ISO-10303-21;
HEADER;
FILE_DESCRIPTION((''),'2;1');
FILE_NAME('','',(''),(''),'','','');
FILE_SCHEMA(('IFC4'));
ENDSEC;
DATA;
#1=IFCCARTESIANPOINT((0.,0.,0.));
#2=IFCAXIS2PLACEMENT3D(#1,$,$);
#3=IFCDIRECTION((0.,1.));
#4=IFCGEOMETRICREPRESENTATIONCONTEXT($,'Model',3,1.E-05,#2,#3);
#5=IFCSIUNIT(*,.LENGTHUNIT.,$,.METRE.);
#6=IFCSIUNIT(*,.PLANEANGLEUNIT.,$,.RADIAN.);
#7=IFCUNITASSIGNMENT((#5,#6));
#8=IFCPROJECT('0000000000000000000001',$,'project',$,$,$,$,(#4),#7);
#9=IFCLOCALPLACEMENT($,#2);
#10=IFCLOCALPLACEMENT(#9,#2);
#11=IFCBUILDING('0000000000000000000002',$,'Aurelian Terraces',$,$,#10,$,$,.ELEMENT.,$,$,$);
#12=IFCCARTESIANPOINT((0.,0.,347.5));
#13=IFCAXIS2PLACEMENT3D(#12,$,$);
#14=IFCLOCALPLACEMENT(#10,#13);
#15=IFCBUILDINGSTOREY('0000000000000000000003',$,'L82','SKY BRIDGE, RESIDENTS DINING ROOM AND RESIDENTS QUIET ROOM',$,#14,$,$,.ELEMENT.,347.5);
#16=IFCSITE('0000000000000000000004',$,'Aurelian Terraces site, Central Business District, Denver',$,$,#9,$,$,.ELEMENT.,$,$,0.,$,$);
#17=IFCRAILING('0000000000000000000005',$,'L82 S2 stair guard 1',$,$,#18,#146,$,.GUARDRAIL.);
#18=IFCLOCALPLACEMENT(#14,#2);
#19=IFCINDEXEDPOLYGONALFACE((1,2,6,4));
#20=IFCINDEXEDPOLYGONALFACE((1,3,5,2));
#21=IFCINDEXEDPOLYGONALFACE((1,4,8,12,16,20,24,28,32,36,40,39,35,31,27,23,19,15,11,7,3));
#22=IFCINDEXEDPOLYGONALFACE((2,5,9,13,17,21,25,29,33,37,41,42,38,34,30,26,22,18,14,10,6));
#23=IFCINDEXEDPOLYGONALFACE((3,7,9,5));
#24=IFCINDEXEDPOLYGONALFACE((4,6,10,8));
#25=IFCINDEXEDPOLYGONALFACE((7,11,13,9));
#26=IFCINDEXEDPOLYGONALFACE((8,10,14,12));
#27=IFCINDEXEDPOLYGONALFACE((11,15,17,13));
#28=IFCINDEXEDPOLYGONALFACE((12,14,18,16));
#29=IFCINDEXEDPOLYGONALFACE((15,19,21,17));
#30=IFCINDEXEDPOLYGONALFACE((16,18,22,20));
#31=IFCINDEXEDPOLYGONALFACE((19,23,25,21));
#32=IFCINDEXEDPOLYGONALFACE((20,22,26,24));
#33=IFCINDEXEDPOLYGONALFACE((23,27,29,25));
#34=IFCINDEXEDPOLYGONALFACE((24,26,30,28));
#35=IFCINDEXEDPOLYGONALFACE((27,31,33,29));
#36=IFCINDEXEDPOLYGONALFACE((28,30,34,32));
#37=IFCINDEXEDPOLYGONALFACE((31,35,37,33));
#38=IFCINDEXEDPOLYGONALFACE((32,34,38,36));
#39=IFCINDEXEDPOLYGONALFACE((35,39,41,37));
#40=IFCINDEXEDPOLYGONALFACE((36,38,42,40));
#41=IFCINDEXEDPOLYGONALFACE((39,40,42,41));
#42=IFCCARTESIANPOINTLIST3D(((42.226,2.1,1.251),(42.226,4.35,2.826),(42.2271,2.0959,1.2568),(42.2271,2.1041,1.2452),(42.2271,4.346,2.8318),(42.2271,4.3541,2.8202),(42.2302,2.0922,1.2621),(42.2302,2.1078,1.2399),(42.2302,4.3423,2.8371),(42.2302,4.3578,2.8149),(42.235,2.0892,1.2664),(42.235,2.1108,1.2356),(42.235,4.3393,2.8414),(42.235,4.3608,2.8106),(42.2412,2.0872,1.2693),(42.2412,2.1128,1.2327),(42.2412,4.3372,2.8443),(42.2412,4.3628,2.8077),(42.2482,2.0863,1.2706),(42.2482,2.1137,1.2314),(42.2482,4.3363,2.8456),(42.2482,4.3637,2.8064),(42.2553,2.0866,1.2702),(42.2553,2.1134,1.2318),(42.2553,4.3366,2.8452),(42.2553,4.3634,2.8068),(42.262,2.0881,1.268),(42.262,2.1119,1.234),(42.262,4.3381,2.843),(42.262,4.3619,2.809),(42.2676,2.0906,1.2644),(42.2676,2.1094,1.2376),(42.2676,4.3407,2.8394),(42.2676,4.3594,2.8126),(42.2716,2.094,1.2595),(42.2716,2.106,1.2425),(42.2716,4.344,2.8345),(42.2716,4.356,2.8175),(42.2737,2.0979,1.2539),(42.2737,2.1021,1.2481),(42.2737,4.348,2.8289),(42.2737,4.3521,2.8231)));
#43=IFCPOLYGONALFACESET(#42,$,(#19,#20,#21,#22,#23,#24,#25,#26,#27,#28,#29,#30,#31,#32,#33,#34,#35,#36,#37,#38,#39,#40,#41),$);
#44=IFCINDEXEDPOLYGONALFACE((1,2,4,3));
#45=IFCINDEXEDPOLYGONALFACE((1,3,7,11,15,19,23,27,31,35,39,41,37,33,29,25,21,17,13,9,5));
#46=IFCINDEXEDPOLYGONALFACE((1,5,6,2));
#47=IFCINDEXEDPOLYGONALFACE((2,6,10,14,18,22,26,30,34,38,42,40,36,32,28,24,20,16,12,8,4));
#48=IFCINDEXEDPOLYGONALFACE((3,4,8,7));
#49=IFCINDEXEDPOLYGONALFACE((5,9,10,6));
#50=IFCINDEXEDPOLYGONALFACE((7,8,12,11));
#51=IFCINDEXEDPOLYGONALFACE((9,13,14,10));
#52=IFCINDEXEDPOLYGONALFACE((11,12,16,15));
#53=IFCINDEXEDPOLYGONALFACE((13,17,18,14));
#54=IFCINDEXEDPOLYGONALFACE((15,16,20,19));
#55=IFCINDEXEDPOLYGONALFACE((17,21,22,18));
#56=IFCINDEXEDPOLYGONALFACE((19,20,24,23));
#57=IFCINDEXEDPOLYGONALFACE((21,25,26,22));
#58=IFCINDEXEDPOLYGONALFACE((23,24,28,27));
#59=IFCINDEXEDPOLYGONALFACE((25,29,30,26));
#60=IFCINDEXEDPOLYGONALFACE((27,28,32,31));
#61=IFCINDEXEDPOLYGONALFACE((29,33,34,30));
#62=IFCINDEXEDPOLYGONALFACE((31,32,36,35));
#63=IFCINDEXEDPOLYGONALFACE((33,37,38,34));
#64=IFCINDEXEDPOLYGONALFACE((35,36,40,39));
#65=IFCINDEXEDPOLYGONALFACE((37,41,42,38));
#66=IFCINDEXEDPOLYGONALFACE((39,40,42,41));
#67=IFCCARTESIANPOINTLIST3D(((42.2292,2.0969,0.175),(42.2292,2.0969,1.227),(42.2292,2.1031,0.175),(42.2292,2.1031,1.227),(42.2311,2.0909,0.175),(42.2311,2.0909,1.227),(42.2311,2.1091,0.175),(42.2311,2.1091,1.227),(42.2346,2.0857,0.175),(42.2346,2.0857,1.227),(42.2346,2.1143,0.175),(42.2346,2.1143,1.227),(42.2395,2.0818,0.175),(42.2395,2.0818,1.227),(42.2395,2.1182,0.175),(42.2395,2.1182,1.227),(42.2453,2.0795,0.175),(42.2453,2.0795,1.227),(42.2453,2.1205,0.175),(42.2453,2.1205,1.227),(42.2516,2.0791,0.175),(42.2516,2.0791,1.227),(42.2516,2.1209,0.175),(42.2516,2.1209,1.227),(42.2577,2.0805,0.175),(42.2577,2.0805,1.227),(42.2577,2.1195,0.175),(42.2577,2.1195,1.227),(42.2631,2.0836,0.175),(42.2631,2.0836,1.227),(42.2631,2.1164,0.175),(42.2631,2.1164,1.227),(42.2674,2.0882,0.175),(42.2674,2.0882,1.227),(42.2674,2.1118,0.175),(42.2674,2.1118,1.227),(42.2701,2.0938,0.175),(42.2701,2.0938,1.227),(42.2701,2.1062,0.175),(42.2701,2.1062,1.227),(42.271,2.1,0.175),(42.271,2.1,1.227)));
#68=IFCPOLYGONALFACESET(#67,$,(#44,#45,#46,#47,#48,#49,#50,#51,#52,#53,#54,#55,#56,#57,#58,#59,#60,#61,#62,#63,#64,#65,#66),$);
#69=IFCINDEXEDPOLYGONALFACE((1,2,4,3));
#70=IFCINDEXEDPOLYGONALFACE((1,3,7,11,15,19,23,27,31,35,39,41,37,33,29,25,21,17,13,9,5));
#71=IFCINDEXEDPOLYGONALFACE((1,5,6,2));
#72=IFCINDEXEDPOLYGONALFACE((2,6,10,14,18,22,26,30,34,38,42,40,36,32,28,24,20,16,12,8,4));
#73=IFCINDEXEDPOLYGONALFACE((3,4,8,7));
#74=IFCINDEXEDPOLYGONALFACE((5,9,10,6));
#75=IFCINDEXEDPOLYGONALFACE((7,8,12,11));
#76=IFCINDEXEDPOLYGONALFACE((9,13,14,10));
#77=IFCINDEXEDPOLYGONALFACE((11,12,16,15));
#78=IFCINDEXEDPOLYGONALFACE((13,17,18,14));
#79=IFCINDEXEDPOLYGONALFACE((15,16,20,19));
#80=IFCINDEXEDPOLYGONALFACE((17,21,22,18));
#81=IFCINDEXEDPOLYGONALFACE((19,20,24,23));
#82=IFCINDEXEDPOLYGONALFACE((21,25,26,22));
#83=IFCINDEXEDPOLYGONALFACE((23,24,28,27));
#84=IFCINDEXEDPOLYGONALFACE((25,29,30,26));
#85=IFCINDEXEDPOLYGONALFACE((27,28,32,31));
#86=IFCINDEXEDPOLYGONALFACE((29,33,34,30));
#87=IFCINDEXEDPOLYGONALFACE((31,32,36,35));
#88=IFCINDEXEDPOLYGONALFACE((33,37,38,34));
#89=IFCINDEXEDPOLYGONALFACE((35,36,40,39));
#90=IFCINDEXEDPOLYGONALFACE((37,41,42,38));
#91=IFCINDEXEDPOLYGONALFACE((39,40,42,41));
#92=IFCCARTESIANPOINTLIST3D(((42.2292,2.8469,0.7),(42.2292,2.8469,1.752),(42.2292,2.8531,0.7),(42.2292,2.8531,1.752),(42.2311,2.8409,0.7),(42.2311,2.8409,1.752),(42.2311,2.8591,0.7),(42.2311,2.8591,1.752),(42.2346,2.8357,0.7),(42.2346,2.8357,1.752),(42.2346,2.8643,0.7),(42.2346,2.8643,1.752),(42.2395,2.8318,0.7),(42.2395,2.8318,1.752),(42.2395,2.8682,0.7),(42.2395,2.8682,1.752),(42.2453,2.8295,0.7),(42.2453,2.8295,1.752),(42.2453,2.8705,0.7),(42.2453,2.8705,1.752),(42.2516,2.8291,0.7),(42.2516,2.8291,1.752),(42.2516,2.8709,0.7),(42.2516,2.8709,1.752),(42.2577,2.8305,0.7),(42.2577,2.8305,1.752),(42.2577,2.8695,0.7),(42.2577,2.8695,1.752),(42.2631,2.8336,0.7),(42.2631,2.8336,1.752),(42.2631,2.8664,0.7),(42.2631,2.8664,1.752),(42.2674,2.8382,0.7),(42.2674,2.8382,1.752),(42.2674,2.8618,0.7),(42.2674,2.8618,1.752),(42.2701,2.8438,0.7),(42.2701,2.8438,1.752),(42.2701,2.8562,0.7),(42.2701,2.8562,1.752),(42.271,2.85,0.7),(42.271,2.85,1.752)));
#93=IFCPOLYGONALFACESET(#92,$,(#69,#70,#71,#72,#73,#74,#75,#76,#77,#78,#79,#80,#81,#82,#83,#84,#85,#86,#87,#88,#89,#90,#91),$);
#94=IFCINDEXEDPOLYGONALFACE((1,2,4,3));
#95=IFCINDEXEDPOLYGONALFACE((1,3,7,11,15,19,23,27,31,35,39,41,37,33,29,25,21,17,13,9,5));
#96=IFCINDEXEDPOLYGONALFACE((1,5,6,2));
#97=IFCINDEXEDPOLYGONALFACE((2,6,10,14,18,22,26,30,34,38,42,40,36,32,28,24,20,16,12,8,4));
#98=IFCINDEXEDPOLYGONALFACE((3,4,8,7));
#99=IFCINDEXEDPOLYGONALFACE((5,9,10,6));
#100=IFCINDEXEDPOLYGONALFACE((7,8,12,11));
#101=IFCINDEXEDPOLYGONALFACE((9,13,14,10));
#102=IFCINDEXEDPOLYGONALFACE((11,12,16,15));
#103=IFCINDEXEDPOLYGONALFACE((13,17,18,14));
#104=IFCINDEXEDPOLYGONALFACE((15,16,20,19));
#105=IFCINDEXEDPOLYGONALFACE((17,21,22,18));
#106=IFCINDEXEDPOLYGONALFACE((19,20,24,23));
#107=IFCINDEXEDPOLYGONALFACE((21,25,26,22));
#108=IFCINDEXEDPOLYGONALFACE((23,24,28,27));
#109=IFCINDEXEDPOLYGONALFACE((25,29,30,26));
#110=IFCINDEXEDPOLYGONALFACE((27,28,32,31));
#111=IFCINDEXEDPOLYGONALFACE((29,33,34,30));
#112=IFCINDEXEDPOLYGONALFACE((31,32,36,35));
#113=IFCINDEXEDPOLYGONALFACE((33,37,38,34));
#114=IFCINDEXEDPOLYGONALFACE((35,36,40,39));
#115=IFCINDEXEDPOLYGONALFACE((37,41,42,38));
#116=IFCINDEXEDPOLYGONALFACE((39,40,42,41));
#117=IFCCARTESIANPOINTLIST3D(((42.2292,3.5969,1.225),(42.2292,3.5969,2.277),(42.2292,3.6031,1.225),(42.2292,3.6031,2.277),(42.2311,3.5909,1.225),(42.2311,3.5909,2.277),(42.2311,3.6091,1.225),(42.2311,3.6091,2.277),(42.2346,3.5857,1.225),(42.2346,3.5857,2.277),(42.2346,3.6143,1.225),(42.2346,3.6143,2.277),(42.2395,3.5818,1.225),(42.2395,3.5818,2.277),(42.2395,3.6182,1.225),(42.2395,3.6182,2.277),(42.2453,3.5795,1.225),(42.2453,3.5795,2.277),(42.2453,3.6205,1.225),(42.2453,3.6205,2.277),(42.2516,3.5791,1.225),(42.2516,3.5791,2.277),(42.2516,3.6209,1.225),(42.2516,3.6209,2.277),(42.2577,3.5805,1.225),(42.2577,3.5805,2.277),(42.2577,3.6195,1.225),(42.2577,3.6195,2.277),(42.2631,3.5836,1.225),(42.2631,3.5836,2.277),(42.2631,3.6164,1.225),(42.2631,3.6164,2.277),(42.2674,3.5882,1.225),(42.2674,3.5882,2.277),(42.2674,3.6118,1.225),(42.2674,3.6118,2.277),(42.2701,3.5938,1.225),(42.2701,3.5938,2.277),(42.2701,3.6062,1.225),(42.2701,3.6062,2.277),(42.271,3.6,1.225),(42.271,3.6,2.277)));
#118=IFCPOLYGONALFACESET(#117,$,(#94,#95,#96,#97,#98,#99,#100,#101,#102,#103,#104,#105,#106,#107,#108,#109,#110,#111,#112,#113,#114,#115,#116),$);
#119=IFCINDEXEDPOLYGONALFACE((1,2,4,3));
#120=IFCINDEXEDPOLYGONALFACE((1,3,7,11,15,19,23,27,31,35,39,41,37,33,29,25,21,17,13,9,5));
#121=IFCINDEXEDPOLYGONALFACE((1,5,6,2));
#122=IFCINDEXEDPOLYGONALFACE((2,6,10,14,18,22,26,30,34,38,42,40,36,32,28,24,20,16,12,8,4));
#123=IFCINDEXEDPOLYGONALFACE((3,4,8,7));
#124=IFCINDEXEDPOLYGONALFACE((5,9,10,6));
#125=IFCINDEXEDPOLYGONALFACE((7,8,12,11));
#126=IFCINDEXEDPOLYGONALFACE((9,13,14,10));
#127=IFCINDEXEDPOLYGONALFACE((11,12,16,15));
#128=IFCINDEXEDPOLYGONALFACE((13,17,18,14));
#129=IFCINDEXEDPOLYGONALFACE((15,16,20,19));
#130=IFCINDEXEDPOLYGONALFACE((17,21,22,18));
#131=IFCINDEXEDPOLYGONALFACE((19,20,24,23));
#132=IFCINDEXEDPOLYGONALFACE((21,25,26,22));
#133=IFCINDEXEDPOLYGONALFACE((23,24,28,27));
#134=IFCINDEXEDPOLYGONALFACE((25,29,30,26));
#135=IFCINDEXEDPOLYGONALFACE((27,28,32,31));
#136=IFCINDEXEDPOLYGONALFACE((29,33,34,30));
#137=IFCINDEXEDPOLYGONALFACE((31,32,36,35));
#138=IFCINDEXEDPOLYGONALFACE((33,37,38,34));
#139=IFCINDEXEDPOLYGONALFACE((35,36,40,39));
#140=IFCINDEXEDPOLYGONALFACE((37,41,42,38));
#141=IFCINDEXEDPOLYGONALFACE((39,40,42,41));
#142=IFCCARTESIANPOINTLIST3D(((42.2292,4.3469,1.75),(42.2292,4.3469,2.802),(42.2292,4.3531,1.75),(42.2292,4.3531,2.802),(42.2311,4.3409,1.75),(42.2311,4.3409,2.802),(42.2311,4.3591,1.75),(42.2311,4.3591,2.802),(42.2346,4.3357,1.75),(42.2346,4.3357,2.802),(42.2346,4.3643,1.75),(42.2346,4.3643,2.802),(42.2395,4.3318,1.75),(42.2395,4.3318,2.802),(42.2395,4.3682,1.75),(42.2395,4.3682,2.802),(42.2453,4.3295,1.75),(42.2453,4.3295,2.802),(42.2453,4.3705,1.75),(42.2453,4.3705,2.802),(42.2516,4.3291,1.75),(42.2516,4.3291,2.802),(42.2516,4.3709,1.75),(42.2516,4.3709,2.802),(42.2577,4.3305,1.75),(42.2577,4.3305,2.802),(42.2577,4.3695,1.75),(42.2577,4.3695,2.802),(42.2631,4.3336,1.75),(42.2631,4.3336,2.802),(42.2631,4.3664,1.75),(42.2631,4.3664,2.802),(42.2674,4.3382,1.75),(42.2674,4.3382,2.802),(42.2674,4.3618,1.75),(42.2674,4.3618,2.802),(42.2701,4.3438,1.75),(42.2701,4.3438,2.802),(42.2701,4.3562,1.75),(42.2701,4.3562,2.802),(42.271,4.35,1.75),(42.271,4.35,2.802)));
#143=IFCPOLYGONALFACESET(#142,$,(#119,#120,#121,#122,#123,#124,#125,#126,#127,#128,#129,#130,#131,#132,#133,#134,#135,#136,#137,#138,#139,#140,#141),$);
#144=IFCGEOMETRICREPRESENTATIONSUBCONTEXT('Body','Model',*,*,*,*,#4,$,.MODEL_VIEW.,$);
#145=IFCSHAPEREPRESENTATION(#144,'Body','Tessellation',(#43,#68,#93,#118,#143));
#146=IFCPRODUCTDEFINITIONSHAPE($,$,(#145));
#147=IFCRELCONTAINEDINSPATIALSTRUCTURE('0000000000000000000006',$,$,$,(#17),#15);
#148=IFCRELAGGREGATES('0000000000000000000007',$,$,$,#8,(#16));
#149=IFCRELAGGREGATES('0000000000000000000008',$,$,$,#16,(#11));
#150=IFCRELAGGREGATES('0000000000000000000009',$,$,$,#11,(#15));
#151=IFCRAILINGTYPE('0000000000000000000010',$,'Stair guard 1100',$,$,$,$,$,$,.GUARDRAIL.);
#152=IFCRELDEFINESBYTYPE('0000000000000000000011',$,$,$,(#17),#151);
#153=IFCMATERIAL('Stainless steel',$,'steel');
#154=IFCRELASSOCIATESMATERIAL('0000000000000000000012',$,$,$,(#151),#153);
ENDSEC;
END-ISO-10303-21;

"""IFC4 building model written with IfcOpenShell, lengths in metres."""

from ifc_helpers import new_model, si_unit, direction, frame, origin, origin_2d, place, context, subcontext, project, spatial, circle, extrude, source, transform, mapped, material, type_object, element, save


model = new_model("IFC4")

# Units and contexts
model_context = context("Model", 3, precision=1e-05, world=origin(), true_north=direction((0.0, 1.0)))
body_context = subcontext(model_context, "Body", "Model", "MODEL_VIEW")
ifc_project = project(units=[si_unit("LENGTHUNIT", "METRE"), si_unit("PLANEANGLEUNIT", "RADIAN")], contexts=[model_context])

# Site, building, storey
site_placement = place(None, origin())
site = spatial("IfcSite", under=ifc_project, at=site_placement, Name="Aurelian Terraces site, Central Business District, Denver", CompositionType="ELEMENT", RefElevation=0.0)
building_placement = place(site_placement, origin())
building = spatial("IfcBuilding", under=site, at=building_placement, Name="Aurelian Terraces", CompositionType="ELEMENT")
storey_placement = place(building_placement, frame((0.0, 0.0, 347.5)))
storey = spatial("IfcBuildingStorey", under=building, at=storey_placement, Name="L82", Description="SKY BRIDGE, RESIDENTS DINING ROOM AND RESIDENTS QUIET ROOM", CompositionType="ELEMENT", Elevation=347.5)

# Railing
ifc_material_1 = material(Name="Stainless steel", Category="steel")
railing_type_1 = type_object("IfcRailingType", Name="Stair guard 1100", PredefinedType="GUARDRAIL", material=ifc_material_1)
shared_shape_1 = source(origin(), body_context, "Body", "SweptSolid", [
    extrude(circle(Radius=0.024, at=origin_2d()), frame((0.0, 0.0, 1.076), z_axis=(0.0, 0.819232, 0.573462), x_axis=(-1.0, 0.0, 0.0)), (0.0, 0.0, 1.0), 2.7465),
    extrude(circle(Radius=0.021, at=origin_2d()), origin(), (0.0, 0.0, 1.0), 1.052),
    extrude(circle(Radius=0.021, at=origin_2d()), frame((0.0, 0.75, 0.525)), (0.0, 0.0, 1.0), 1.052),
    extrude(circle(Radius=0.021, at=origin_2d()), frame((0.0, 1.5, 1.05)), (0.0, 0.0, 1.0), 1.052),
    extrude(circle(Radius=0.021, at=origin_2d()), frame((0.0, 2.25, 1.575)), (0.0, 0.0, 1.0), 1.052),
])
railing_1_placement = place(storey_placement, frame((42.25, 2.1, 0.175)))
element("IfcRailing", 1, at=railing_1_placement, inside=storey, type_object=railing_type_1, Name="L82 S2 stair guard 1", PredefinedType="GUARDRAIL", context=body_context, shape_type="MappedRepresentation", body=[
    mapped(shared_shape_1, transform((0.0, 0.0, 0.0), scale=1.0)),
])

save(model, "model.ifc")
